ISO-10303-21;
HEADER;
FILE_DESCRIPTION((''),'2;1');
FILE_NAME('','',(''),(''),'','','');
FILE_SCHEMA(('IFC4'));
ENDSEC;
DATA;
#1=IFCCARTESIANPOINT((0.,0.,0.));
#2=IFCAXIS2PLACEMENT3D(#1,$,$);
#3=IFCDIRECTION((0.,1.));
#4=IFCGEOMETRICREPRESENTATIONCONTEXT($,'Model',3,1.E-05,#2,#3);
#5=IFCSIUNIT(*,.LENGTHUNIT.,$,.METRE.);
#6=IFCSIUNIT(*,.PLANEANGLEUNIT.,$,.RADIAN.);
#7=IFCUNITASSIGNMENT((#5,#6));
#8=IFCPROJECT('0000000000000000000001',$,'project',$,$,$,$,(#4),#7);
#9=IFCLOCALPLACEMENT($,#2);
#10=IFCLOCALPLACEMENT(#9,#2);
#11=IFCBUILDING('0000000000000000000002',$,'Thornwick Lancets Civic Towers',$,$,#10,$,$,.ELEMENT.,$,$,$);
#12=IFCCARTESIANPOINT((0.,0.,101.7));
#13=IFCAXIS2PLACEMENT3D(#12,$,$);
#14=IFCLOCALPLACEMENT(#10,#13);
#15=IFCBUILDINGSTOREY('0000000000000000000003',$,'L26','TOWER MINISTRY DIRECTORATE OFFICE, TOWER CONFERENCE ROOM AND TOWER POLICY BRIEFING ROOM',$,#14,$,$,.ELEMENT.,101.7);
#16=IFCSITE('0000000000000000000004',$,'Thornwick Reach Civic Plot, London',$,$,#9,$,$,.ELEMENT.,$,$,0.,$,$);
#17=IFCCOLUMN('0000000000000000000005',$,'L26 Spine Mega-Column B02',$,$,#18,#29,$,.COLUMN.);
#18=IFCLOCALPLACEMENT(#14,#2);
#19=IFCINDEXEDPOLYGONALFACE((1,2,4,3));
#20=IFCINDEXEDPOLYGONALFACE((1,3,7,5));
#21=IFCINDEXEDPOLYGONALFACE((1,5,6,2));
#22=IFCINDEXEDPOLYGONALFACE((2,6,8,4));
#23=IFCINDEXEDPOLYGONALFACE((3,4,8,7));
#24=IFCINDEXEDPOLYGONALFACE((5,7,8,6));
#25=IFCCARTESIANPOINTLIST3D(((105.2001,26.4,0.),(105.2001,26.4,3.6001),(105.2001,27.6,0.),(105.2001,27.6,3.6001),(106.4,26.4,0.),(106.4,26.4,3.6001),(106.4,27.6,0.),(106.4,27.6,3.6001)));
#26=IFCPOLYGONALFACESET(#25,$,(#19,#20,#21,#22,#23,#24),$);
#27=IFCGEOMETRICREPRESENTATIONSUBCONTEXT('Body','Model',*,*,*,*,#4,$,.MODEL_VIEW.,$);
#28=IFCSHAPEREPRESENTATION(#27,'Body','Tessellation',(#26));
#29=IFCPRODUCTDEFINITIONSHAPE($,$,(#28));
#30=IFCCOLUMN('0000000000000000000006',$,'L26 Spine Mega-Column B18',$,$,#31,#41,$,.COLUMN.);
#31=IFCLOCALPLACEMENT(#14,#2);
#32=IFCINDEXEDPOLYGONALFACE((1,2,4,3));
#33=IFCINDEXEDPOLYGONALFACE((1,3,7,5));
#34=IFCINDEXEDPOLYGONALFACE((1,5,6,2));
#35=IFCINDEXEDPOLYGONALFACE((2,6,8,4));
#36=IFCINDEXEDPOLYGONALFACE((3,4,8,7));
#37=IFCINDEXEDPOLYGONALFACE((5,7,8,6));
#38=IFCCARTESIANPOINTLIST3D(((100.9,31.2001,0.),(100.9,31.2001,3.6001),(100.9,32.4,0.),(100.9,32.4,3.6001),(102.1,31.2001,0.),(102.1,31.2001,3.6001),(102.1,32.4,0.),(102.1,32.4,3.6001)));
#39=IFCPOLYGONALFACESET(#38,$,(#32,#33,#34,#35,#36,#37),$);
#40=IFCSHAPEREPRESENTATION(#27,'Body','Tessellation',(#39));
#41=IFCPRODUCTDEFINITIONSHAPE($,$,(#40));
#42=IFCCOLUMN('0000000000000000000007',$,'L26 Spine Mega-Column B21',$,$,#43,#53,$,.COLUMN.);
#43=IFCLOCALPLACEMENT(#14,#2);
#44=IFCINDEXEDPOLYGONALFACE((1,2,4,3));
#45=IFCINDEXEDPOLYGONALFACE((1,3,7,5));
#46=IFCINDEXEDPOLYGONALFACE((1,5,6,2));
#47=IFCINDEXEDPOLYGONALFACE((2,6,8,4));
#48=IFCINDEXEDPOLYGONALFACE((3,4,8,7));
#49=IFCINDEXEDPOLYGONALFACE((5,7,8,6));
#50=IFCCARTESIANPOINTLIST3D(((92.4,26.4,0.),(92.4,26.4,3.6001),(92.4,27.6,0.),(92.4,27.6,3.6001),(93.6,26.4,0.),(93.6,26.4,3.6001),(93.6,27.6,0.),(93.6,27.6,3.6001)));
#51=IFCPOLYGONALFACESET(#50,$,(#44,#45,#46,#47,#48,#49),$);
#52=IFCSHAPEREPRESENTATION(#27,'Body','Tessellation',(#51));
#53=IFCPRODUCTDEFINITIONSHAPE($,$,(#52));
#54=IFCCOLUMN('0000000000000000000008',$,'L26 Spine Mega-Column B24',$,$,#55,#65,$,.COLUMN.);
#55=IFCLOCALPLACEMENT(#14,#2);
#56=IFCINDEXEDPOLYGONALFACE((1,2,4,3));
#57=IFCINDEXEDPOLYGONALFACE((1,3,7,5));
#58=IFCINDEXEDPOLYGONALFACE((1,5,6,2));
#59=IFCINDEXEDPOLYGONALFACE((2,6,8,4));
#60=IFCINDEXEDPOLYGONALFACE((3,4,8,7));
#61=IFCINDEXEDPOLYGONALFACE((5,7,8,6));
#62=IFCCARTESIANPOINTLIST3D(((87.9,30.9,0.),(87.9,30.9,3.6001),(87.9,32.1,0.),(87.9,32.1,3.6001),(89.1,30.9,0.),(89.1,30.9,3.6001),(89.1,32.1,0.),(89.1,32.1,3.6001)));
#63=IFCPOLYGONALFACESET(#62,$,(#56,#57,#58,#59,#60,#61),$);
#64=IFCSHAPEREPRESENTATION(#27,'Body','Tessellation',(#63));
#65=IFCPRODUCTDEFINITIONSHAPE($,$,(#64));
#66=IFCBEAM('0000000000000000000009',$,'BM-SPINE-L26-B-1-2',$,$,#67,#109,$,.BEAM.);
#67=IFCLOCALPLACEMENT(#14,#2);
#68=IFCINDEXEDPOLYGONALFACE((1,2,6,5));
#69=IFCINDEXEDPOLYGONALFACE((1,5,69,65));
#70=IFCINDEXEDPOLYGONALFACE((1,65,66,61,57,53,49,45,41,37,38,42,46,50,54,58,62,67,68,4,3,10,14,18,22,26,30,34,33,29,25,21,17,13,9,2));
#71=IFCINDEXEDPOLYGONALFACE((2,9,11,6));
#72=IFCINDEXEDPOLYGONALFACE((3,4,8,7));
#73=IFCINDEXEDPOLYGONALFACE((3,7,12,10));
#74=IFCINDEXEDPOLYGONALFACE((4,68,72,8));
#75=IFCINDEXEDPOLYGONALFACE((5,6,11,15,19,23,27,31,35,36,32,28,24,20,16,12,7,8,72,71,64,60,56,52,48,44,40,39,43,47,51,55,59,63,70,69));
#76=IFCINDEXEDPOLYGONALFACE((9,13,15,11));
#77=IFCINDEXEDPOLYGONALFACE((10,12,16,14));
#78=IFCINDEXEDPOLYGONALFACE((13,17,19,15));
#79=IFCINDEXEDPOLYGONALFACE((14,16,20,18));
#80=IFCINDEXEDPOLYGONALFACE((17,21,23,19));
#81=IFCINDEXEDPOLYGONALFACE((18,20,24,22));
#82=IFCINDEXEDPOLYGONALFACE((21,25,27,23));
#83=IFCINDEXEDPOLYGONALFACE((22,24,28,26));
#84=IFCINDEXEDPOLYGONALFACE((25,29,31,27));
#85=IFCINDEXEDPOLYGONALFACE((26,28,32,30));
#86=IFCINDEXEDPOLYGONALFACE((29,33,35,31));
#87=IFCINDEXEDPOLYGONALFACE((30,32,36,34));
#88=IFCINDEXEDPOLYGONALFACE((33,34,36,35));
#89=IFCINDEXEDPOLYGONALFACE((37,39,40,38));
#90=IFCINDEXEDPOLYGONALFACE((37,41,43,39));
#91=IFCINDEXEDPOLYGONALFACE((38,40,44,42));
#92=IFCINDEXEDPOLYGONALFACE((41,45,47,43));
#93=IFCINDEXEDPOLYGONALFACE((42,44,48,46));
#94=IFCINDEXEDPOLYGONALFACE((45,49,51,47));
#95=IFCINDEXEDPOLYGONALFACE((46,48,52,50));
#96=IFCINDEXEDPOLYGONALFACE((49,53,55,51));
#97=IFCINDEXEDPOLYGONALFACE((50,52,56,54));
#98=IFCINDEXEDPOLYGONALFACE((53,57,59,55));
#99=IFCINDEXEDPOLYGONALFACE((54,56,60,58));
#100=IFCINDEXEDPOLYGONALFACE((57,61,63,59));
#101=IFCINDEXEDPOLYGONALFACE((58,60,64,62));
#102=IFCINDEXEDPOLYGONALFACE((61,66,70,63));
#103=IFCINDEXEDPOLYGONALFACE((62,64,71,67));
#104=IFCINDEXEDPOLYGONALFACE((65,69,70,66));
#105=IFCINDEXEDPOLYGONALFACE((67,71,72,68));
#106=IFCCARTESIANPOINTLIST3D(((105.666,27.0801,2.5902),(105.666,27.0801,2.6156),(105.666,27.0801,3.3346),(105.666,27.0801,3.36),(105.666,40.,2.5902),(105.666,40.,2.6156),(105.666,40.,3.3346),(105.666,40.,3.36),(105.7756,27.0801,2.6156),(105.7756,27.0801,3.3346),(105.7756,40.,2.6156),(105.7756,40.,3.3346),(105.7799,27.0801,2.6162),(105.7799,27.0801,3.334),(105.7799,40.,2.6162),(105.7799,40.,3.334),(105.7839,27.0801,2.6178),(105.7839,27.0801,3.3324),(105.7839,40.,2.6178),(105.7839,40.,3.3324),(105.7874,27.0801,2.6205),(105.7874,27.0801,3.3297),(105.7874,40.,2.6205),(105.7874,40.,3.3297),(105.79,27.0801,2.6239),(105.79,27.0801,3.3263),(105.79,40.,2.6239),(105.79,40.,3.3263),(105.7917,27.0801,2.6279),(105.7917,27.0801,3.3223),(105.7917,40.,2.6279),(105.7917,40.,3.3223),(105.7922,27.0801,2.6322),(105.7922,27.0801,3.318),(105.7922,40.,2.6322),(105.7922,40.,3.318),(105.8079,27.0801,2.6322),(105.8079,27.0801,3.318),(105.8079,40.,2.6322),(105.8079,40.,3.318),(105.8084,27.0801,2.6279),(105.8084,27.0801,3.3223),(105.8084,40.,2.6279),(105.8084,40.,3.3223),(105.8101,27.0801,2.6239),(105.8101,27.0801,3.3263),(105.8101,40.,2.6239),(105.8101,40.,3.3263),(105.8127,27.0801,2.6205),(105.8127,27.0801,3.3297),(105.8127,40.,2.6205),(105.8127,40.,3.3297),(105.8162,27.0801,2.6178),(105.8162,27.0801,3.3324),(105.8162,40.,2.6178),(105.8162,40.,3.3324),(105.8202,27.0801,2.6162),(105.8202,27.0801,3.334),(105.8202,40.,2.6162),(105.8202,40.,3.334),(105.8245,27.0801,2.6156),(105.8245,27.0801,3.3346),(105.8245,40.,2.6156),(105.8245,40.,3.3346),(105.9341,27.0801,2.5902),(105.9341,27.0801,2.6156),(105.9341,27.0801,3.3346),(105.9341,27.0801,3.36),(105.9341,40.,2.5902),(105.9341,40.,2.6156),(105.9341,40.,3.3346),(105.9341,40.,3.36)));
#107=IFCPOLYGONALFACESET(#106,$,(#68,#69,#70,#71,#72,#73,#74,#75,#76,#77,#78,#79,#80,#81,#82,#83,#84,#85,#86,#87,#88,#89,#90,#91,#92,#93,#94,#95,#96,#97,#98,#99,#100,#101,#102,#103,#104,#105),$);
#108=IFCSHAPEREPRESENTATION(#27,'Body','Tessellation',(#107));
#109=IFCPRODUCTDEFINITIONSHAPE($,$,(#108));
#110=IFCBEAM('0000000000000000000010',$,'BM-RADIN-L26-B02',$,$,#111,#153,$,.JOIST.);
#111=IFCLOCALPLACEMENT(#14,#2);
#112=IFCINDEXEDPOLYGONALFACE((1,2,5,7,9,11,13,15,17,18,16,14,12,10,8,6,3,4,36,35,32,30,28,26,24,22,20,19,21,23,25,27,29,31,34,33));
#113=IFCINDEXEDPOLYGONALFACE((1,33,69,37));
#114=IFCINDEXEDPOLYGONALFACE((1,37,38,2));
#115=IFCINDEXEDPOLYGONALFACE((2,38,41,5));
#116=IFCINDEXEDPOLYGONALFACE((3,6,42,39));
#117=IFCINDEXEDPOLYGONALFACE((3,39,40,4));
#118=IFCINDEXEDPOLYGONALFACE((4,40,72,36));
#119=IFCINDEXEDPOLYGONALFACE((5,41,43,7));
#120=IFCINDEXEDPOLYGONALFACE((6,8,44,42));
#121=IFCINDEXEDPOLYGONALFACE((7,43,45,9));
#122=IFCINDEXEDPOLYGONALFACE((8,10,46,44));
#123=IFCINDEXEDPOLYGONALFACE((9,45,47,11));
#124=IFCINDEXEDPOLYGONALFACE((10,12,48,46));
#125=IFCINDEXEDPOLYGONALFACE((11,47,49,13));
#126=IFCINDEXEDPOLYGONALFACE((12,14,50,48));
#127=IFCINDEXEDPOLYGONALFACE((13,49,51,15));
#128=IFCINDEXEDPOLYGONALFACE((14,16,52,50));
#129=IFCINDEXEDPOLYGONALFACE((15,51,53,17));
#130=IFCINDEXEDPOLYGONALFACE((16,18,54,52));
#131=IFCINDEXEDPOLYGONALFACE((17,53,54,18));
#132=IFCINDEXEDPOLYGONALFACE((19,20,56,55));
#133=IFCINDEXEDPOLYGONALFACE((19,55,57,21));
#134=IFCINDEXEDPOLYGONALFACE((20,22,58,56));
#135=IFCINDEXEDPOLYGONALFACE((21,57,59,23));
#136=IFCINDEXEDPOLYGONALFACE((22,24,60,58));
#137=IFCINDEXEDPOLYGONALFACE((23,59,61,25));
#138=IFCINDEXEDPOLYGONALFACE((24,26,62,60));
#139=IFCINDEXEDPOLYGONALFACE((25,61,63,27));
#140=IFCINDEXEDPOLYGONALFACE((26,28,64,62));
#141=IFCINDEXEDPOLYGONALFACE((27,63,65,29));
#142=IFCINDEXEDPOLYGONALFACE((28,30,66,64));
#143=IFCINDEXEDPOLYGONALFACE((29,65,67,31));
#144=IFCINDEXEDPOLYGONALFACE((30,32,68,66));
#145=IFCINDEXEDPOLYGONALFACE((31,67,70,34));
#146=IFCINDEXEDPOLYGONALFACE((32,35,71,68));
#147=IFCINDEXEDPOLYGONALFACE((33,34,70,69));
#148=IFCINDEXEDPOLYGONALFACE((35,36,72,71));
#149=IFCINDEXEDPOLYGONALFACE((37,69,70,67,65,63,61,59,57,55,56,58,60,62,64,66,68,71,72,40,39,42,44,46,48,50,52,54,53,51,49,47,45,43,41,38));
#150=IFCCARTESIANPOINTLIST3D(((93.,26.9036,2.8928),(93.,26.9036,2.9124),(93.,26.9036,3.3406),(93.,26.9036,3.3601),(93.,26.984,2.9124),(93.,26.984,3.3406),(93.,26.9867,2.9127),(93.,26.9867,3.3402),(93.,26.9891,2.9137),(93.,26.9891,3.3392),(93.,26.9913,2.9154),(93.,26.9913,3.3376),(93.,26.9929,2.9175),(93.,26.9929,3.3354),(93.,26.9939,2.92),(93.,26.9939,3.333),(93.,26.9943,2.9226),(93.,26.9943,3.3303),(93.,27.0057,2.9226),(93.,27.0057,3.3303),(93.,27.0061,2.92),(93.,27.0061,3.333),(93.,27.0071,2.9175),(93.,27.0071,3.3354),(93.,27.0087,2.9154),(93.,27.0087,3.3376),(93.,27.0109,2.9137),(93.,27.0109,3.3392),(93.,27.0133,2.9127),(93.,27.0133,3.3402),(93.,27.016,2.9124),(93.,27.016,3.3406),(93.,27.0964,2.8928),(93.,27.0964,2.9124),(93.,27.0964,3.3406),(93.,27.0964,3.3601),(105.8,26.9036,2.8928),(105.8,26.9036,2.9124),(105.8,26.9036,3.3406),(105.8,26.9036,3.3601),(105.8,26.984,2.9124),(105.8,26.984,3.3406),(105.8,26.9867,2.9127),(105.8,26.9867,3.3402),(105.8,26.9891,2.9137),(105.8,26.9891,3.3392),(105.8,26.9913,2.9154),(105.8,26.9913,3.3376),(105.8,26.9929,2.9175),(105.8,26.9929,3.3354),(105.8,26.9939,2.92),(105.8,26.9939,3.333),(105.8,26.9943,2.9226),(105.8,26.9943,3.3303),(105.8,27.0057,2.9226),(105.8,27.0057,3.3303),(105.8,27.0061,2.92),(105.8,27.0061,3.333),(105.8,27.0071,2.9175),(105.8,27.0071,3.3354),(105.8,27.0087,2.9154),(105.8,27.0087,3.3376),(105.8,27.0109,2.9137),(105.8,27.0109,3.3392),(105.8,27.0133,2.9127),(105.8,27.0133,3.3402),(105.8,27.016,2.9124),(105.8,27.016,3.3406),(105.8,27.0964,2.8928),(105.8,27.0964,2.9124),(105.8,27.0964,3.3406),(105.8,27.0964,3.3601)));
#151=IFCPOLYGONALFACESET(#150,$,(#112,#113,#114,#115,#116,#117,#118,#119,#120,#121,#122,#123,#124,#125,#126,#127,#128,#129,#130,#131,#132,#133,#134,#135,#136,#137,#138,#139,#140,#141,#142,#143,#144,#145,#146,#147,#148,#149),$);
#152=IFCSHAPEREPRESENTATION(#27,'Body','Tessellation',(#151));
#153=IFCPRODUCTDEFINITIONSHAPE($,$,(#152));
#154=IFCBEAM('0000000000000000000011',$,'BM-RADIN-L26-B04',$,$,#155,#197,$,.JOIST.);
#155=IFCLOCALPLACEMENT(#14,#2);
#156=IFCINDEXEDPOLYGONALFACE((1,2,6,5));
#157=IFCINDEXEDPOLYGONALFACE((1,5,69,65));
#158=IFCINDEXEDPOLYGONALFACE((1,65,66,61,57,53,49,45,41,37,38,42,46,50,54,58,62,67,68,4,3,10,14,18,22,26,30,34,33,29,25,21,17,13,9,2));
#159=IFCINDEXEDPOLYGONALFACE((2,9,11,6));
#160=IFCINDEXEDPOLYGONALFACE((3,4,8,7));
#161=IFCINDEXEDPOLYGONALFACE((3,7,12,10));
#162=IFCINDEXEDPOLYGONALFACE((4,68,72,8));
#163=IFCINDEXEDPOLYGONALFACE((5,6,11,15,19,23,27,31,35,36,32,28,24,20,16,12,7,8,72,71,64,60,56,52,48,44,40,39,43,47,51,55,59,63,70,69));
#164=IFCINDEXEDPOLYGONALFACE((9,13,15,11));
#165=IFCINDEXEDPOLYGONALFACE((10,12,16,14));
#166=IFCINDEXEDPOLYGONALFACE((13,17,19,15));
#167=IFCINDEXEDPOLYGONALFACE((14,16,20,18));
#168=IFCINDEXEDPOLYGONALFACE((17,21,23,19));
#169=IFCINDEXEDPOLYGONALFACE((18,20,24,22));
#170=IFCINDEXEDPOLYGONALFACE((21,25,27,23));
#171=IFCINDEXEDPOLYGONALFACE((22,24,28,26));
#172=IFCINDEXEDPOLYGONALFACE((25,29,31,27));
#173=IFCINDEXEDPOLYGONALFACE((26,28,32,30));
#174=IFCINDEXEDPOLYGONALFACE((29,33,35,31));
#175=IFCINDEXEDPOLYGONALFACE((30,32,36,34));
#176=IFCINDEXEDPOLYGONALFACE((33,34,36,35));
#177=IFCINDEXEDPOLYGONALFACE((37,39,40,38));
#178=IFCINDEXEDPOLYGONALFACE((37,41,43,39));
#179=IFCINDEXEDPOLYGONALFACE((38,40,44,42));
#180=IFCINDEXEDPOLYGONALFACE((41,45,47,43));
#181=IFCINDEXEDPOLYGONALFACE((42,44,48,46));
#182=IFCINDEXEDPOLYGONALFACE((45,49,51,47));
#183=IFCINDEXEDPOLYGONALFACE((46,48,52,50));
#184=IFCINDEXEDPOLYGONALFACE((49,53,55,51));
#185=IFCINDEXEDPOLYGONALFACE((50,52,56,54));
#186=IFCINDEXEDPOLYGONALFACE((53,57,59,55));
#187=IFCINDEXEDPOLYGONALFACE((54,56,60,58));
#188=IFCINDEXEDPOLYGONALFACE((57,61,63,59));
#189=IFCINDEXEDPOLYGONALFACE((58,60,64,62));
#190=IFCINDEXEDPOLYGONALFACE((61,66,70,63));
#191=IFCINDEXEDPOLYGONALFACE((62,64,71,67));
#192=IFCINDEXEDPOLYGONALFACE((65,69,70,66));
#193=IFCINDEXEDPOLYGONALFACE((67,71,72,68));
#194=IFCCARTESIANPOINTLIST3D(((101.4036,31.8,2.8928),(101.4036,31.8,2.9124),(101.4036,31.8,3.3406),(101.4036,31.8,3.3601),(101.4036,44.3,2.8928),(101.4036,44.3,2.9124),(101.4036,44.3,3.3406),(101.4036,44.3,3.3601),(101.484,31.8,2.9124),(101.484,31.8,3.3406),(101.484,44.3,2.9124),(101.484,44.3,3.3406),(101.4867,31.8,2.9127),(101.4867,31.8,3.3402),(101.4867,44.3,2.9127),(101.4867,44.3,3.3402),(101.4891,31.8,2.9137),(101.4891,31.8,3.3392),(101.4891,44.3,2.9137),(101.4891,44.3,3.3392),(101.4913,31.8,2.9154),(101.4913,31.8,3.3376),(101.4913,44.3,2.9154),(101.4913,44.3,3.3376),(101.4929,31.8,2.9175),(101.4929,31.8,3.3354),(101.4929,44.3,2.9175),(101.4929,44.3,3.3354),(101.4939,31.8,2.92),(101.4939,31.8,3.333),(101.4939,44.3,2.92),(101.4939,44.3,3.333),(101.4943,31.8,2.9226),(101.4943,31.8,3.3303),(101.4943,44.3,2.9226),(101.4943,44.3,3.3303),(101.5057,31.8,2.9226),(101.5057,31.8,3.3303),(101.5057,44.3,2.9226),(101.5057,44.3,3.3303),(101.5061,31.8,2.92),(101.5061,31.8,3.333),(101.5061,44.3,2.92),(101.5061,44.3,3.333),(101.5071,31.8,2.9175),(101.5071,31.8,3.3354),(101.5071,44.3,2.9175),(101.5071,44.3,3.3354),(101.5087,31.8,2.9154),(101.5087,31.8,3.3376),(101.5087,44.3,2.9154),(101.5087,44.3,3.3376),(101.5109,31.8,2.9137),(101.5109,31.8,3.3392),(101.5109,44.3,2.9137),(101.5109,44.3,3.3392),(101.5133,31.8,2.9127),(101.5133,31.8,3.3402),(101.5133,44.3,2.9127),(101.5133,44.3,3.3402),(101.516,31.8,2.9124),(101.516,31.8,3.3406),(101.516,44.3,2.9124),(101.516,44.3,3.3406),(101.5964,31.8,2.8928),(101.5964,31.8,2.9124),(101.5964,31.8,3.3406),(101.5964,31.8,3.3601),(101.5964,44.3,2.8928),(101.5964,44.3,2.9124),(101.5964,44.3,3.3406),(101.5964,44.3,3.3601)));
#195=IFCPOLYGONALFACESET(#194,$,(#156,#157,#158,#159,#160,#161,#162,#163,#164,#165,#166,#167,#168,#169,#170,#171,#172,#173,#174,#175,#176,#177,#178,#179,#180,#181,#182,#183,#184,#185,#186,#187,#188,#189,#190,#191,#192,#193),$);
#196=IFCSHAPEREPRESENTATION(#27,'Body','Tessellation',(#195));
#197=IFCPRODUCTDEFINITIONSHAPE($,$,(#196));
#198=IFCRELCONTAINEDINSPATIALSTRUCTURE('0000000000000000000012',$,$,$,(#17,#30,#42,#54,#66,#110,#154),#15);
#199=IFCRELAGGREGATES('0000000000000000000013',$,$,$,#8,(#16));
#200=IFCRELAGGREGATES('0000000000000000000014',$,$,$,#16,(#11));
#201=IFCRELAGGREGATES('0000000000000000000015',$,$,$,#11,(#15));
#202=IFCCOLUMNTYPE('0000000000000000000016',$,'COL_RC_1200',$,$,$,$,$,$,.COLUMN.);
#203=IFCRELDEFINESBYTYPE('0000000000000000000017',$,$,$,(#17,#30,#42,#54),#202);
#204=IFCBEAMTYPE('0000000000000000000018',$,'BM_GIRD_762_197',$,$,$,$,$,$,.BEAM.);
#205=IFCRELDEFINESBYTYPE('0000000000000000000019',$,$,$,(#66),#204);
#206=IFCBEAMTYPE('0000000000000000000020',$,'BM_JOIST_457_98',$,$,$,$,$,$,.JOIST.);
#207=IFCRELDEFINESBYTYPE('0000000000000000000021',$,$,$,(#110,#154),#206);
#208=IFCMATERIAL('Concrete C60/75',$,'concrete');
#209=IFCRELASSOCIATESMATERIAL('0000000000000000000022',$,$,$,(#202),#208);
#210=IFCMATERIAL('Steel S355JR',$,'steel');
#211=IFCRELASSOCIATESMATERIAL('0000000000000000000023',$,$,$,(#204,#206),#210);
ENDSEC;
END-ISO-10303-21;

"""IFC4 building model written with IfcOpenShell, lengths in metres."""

from ifc_helpers import new_model, si_unit, direction, frame, origin, origin_2d, place, context, subcontext, project, spatial, rectangle, i_section, extrude, material, material_profile, profile_set, type_object, element, save


model = new_model("IFC4")

# Units and contexts
model_context = context("Model", 3, precision=1e-05, world=origin(), true_north=direction((0.0, 1.0)))
body_context = subcontext(model_context, "Body", "Model", "MODEL_VIEW")
ifc_project = project(units=[si_unit("LENGTHUNIT", "METRE"), si_unit("PLANEANGLEUNIT", "RADIAN")], contexts=[model_context])

# Site, building, storey
site_placement = place(None, origin())
site = spatial("IfcSite", under=ifc_project, at=site_placement, Name="Thornwick Reach Civic Plot, London", CompositionType="ELEMENT", RefElevation=0.0)
building_placement = place(site_placement, origin())
building = spatial("IfcBuilding", under=site, at=building_placement, Name="Thornwick Lancets Civic Towers", CompositionType="ELEMENT")
storey_placement = place(building_placement, frame((0.0, 0.0, 101.7)))
storey = spatial("IfcBuildingStorey", under=building, at=storey_placement, Name="L26", Description="TOWER MINISTRY DIRECTORATE OFFICE, TOWER CONFERENCE ROOM AND TOWER POLICY BRIEFING ROOM", CompositionType="ELEMENT", Elevation=101.7)

# Columns
ifc_material_1 = material(Name="Concrete C60/75", Category="concrete")
ifc_material_profile_1 = material_profile(ifc_material_1, rectangle(XDim=1.2, YDim=1.2, at=origin_2d()), Name="RC 1200x1200")
ifc_profile_set_1 = profile_set([ifc_material_profile_1], Name="Concrete C60/75")
column_type = type_object("IfcColumnType", Name="COL_RC_1200", PredefinedType="COLUMN", material=ifc_profile_set_1)
for number, where, z_axis, x_axis, name in (
    (1, (105.8, 27.0, 0.0), (0.0, 0.0, 1.0), (1.0, 0.0, 0.0), "L26 Spine Mega-Column B02"),
    (2, (101.5, 31.8, 0.0), (0.0, 0.0, 1.0), (1.0, 0.0, 0.0), "L26 Spine Mega-Column B18"),
    (3, (93.0, 27.0, 0.0), (0.0, 0.0, 1.0), (1.0, 0.0, 0.0), "L26 Spine Mega-Column B21"),
    (4, (88.5, 31.5, 0.0), (0.0, 0.0, 1.0), (1.0, 0.0, 0.0), "L26 Spine Mega-Column B24"),
):
    element("IfcColumn", number, at=place(storey_placement, frame(where, z_axis=z_axis, x_axis=x_axis)), inside=storey, type_object=column_type, Name=name, PredefinedType="COLUMN", context=body_context, shape_type="SweptSolid", body=[
        extrude(rectangle(XDim=1.2, YDim=1.2, at=origin_2d()), origin(), (0.0, 0.0, 1.0), 3.6001),
    ])

# Beams
ifc_material_2 = material(Name="Steel S355JR", Category="steel")
ifc_material_profile_2 = material_profile(ifc_material_2, i_section(OverallWidth=0.2681, OverallDepth=0.7698, WebThickness=0.0156, FlangeThickness=0.0254, FilletRadius=0.0166, at=origin_2d()), Name="UKB 762x267x197")
ifc_profile_set_2 = profile_set([ifc_material_profile_2], Name="Steel S355JR")
beam_type_1 = type_object("IfcBeamType", Name="BM_GIRD_762_197", PredefinedType="BEAM", material=ifc_profile_set_2)
beam_1_placement = place(storey_placement, frame((105.8, 27.0801, 2.9751), z_axis=(0.0, 1.0, 0.0), x_axis=(-1.0, 0.0, 0.0)))
element("IfcBeam", 5, at=beam_1_placement, inside=storey, type_object=beam_type_1, Name="BM-SPINE-L26-B-1-2", PredefinedType="BEAM", context=body_context, shape_type="SweptSolid", body=[
    extrude(i_section(OverallWidth=0.2681, OverallDepth=0.7698, WebThickness=0.0156, FlangeThickness=0.0254, FilletRadius=0.0166, at=origin_2d()), origin(), (0.0, 0.0, 1.0), 12.9199),
])
ifc_material_profile_3 = material_profile(ifc_material_2, i_section(OverallWidth=0.1929, OverallDepth=0.4673, WebThickness=0.0115, FlangeThickness=0.0195, FilletRadius=0.0103, at=origin_2d()), Name="UKB 457x191x98")
ifc_profile_set_3 = profile_set([ifc_material_profile_3], Name="Steel S355JR")
beam_type_2 = type_object("IfcBeamType", Name="BM_JOIST_457_98", PredefinedType="JOIST", material=ifc_profile_set_3)
beam_2_placement = place(storey_placement, frame((93.0, 27.0, 3.1265), z_axis=(1.0, 0.0, 0.0), x_axis=(0.0, 1.0, 0.0)))
element("IfcBeam", 6, at=beam_2_placement, inside=storey, type_object=beam_type_2, Name="BM-RADIN-L26-B02", PredefinedType="JOIST", context=body_context, shape_type="SweptSolid", body=[
    extrude(i_section(OverallWidth=0.1929, OverallDepth=0.4673, WebThickness=0.0115, FlangeThickness=0.0195, FilletRadius=0.0103, at=origin_2d()), origin(), (0.0, 0.0, 1.0), 12.8),
])
beam_3_placement = place(storey_placement, frame((101.5, 31.8, 3.1265), z_axis=(0.0, 1.0, 0.0), x_axis=(-1.0, 0.0, 0.0)))
element("IfcBeam", 7, at=beam_3_placement, inside=storey, type_object=beam_type_2, Name="BM-RADIN-L26-B04", PredefinedType="JOIST", context=body_context, shape_type="SweptSolid", body=[
    extrude(i_section(OverallWidth=0.1929, OverallDepth=0.4673, WebThickness=0.0115, FlangeThickness=0.0195, FilletRadius=0.0103, at=origin_2d()), origin(), (0.0, 0.0, 1.0), 12.5),
])

save(model, "model.ifc")
